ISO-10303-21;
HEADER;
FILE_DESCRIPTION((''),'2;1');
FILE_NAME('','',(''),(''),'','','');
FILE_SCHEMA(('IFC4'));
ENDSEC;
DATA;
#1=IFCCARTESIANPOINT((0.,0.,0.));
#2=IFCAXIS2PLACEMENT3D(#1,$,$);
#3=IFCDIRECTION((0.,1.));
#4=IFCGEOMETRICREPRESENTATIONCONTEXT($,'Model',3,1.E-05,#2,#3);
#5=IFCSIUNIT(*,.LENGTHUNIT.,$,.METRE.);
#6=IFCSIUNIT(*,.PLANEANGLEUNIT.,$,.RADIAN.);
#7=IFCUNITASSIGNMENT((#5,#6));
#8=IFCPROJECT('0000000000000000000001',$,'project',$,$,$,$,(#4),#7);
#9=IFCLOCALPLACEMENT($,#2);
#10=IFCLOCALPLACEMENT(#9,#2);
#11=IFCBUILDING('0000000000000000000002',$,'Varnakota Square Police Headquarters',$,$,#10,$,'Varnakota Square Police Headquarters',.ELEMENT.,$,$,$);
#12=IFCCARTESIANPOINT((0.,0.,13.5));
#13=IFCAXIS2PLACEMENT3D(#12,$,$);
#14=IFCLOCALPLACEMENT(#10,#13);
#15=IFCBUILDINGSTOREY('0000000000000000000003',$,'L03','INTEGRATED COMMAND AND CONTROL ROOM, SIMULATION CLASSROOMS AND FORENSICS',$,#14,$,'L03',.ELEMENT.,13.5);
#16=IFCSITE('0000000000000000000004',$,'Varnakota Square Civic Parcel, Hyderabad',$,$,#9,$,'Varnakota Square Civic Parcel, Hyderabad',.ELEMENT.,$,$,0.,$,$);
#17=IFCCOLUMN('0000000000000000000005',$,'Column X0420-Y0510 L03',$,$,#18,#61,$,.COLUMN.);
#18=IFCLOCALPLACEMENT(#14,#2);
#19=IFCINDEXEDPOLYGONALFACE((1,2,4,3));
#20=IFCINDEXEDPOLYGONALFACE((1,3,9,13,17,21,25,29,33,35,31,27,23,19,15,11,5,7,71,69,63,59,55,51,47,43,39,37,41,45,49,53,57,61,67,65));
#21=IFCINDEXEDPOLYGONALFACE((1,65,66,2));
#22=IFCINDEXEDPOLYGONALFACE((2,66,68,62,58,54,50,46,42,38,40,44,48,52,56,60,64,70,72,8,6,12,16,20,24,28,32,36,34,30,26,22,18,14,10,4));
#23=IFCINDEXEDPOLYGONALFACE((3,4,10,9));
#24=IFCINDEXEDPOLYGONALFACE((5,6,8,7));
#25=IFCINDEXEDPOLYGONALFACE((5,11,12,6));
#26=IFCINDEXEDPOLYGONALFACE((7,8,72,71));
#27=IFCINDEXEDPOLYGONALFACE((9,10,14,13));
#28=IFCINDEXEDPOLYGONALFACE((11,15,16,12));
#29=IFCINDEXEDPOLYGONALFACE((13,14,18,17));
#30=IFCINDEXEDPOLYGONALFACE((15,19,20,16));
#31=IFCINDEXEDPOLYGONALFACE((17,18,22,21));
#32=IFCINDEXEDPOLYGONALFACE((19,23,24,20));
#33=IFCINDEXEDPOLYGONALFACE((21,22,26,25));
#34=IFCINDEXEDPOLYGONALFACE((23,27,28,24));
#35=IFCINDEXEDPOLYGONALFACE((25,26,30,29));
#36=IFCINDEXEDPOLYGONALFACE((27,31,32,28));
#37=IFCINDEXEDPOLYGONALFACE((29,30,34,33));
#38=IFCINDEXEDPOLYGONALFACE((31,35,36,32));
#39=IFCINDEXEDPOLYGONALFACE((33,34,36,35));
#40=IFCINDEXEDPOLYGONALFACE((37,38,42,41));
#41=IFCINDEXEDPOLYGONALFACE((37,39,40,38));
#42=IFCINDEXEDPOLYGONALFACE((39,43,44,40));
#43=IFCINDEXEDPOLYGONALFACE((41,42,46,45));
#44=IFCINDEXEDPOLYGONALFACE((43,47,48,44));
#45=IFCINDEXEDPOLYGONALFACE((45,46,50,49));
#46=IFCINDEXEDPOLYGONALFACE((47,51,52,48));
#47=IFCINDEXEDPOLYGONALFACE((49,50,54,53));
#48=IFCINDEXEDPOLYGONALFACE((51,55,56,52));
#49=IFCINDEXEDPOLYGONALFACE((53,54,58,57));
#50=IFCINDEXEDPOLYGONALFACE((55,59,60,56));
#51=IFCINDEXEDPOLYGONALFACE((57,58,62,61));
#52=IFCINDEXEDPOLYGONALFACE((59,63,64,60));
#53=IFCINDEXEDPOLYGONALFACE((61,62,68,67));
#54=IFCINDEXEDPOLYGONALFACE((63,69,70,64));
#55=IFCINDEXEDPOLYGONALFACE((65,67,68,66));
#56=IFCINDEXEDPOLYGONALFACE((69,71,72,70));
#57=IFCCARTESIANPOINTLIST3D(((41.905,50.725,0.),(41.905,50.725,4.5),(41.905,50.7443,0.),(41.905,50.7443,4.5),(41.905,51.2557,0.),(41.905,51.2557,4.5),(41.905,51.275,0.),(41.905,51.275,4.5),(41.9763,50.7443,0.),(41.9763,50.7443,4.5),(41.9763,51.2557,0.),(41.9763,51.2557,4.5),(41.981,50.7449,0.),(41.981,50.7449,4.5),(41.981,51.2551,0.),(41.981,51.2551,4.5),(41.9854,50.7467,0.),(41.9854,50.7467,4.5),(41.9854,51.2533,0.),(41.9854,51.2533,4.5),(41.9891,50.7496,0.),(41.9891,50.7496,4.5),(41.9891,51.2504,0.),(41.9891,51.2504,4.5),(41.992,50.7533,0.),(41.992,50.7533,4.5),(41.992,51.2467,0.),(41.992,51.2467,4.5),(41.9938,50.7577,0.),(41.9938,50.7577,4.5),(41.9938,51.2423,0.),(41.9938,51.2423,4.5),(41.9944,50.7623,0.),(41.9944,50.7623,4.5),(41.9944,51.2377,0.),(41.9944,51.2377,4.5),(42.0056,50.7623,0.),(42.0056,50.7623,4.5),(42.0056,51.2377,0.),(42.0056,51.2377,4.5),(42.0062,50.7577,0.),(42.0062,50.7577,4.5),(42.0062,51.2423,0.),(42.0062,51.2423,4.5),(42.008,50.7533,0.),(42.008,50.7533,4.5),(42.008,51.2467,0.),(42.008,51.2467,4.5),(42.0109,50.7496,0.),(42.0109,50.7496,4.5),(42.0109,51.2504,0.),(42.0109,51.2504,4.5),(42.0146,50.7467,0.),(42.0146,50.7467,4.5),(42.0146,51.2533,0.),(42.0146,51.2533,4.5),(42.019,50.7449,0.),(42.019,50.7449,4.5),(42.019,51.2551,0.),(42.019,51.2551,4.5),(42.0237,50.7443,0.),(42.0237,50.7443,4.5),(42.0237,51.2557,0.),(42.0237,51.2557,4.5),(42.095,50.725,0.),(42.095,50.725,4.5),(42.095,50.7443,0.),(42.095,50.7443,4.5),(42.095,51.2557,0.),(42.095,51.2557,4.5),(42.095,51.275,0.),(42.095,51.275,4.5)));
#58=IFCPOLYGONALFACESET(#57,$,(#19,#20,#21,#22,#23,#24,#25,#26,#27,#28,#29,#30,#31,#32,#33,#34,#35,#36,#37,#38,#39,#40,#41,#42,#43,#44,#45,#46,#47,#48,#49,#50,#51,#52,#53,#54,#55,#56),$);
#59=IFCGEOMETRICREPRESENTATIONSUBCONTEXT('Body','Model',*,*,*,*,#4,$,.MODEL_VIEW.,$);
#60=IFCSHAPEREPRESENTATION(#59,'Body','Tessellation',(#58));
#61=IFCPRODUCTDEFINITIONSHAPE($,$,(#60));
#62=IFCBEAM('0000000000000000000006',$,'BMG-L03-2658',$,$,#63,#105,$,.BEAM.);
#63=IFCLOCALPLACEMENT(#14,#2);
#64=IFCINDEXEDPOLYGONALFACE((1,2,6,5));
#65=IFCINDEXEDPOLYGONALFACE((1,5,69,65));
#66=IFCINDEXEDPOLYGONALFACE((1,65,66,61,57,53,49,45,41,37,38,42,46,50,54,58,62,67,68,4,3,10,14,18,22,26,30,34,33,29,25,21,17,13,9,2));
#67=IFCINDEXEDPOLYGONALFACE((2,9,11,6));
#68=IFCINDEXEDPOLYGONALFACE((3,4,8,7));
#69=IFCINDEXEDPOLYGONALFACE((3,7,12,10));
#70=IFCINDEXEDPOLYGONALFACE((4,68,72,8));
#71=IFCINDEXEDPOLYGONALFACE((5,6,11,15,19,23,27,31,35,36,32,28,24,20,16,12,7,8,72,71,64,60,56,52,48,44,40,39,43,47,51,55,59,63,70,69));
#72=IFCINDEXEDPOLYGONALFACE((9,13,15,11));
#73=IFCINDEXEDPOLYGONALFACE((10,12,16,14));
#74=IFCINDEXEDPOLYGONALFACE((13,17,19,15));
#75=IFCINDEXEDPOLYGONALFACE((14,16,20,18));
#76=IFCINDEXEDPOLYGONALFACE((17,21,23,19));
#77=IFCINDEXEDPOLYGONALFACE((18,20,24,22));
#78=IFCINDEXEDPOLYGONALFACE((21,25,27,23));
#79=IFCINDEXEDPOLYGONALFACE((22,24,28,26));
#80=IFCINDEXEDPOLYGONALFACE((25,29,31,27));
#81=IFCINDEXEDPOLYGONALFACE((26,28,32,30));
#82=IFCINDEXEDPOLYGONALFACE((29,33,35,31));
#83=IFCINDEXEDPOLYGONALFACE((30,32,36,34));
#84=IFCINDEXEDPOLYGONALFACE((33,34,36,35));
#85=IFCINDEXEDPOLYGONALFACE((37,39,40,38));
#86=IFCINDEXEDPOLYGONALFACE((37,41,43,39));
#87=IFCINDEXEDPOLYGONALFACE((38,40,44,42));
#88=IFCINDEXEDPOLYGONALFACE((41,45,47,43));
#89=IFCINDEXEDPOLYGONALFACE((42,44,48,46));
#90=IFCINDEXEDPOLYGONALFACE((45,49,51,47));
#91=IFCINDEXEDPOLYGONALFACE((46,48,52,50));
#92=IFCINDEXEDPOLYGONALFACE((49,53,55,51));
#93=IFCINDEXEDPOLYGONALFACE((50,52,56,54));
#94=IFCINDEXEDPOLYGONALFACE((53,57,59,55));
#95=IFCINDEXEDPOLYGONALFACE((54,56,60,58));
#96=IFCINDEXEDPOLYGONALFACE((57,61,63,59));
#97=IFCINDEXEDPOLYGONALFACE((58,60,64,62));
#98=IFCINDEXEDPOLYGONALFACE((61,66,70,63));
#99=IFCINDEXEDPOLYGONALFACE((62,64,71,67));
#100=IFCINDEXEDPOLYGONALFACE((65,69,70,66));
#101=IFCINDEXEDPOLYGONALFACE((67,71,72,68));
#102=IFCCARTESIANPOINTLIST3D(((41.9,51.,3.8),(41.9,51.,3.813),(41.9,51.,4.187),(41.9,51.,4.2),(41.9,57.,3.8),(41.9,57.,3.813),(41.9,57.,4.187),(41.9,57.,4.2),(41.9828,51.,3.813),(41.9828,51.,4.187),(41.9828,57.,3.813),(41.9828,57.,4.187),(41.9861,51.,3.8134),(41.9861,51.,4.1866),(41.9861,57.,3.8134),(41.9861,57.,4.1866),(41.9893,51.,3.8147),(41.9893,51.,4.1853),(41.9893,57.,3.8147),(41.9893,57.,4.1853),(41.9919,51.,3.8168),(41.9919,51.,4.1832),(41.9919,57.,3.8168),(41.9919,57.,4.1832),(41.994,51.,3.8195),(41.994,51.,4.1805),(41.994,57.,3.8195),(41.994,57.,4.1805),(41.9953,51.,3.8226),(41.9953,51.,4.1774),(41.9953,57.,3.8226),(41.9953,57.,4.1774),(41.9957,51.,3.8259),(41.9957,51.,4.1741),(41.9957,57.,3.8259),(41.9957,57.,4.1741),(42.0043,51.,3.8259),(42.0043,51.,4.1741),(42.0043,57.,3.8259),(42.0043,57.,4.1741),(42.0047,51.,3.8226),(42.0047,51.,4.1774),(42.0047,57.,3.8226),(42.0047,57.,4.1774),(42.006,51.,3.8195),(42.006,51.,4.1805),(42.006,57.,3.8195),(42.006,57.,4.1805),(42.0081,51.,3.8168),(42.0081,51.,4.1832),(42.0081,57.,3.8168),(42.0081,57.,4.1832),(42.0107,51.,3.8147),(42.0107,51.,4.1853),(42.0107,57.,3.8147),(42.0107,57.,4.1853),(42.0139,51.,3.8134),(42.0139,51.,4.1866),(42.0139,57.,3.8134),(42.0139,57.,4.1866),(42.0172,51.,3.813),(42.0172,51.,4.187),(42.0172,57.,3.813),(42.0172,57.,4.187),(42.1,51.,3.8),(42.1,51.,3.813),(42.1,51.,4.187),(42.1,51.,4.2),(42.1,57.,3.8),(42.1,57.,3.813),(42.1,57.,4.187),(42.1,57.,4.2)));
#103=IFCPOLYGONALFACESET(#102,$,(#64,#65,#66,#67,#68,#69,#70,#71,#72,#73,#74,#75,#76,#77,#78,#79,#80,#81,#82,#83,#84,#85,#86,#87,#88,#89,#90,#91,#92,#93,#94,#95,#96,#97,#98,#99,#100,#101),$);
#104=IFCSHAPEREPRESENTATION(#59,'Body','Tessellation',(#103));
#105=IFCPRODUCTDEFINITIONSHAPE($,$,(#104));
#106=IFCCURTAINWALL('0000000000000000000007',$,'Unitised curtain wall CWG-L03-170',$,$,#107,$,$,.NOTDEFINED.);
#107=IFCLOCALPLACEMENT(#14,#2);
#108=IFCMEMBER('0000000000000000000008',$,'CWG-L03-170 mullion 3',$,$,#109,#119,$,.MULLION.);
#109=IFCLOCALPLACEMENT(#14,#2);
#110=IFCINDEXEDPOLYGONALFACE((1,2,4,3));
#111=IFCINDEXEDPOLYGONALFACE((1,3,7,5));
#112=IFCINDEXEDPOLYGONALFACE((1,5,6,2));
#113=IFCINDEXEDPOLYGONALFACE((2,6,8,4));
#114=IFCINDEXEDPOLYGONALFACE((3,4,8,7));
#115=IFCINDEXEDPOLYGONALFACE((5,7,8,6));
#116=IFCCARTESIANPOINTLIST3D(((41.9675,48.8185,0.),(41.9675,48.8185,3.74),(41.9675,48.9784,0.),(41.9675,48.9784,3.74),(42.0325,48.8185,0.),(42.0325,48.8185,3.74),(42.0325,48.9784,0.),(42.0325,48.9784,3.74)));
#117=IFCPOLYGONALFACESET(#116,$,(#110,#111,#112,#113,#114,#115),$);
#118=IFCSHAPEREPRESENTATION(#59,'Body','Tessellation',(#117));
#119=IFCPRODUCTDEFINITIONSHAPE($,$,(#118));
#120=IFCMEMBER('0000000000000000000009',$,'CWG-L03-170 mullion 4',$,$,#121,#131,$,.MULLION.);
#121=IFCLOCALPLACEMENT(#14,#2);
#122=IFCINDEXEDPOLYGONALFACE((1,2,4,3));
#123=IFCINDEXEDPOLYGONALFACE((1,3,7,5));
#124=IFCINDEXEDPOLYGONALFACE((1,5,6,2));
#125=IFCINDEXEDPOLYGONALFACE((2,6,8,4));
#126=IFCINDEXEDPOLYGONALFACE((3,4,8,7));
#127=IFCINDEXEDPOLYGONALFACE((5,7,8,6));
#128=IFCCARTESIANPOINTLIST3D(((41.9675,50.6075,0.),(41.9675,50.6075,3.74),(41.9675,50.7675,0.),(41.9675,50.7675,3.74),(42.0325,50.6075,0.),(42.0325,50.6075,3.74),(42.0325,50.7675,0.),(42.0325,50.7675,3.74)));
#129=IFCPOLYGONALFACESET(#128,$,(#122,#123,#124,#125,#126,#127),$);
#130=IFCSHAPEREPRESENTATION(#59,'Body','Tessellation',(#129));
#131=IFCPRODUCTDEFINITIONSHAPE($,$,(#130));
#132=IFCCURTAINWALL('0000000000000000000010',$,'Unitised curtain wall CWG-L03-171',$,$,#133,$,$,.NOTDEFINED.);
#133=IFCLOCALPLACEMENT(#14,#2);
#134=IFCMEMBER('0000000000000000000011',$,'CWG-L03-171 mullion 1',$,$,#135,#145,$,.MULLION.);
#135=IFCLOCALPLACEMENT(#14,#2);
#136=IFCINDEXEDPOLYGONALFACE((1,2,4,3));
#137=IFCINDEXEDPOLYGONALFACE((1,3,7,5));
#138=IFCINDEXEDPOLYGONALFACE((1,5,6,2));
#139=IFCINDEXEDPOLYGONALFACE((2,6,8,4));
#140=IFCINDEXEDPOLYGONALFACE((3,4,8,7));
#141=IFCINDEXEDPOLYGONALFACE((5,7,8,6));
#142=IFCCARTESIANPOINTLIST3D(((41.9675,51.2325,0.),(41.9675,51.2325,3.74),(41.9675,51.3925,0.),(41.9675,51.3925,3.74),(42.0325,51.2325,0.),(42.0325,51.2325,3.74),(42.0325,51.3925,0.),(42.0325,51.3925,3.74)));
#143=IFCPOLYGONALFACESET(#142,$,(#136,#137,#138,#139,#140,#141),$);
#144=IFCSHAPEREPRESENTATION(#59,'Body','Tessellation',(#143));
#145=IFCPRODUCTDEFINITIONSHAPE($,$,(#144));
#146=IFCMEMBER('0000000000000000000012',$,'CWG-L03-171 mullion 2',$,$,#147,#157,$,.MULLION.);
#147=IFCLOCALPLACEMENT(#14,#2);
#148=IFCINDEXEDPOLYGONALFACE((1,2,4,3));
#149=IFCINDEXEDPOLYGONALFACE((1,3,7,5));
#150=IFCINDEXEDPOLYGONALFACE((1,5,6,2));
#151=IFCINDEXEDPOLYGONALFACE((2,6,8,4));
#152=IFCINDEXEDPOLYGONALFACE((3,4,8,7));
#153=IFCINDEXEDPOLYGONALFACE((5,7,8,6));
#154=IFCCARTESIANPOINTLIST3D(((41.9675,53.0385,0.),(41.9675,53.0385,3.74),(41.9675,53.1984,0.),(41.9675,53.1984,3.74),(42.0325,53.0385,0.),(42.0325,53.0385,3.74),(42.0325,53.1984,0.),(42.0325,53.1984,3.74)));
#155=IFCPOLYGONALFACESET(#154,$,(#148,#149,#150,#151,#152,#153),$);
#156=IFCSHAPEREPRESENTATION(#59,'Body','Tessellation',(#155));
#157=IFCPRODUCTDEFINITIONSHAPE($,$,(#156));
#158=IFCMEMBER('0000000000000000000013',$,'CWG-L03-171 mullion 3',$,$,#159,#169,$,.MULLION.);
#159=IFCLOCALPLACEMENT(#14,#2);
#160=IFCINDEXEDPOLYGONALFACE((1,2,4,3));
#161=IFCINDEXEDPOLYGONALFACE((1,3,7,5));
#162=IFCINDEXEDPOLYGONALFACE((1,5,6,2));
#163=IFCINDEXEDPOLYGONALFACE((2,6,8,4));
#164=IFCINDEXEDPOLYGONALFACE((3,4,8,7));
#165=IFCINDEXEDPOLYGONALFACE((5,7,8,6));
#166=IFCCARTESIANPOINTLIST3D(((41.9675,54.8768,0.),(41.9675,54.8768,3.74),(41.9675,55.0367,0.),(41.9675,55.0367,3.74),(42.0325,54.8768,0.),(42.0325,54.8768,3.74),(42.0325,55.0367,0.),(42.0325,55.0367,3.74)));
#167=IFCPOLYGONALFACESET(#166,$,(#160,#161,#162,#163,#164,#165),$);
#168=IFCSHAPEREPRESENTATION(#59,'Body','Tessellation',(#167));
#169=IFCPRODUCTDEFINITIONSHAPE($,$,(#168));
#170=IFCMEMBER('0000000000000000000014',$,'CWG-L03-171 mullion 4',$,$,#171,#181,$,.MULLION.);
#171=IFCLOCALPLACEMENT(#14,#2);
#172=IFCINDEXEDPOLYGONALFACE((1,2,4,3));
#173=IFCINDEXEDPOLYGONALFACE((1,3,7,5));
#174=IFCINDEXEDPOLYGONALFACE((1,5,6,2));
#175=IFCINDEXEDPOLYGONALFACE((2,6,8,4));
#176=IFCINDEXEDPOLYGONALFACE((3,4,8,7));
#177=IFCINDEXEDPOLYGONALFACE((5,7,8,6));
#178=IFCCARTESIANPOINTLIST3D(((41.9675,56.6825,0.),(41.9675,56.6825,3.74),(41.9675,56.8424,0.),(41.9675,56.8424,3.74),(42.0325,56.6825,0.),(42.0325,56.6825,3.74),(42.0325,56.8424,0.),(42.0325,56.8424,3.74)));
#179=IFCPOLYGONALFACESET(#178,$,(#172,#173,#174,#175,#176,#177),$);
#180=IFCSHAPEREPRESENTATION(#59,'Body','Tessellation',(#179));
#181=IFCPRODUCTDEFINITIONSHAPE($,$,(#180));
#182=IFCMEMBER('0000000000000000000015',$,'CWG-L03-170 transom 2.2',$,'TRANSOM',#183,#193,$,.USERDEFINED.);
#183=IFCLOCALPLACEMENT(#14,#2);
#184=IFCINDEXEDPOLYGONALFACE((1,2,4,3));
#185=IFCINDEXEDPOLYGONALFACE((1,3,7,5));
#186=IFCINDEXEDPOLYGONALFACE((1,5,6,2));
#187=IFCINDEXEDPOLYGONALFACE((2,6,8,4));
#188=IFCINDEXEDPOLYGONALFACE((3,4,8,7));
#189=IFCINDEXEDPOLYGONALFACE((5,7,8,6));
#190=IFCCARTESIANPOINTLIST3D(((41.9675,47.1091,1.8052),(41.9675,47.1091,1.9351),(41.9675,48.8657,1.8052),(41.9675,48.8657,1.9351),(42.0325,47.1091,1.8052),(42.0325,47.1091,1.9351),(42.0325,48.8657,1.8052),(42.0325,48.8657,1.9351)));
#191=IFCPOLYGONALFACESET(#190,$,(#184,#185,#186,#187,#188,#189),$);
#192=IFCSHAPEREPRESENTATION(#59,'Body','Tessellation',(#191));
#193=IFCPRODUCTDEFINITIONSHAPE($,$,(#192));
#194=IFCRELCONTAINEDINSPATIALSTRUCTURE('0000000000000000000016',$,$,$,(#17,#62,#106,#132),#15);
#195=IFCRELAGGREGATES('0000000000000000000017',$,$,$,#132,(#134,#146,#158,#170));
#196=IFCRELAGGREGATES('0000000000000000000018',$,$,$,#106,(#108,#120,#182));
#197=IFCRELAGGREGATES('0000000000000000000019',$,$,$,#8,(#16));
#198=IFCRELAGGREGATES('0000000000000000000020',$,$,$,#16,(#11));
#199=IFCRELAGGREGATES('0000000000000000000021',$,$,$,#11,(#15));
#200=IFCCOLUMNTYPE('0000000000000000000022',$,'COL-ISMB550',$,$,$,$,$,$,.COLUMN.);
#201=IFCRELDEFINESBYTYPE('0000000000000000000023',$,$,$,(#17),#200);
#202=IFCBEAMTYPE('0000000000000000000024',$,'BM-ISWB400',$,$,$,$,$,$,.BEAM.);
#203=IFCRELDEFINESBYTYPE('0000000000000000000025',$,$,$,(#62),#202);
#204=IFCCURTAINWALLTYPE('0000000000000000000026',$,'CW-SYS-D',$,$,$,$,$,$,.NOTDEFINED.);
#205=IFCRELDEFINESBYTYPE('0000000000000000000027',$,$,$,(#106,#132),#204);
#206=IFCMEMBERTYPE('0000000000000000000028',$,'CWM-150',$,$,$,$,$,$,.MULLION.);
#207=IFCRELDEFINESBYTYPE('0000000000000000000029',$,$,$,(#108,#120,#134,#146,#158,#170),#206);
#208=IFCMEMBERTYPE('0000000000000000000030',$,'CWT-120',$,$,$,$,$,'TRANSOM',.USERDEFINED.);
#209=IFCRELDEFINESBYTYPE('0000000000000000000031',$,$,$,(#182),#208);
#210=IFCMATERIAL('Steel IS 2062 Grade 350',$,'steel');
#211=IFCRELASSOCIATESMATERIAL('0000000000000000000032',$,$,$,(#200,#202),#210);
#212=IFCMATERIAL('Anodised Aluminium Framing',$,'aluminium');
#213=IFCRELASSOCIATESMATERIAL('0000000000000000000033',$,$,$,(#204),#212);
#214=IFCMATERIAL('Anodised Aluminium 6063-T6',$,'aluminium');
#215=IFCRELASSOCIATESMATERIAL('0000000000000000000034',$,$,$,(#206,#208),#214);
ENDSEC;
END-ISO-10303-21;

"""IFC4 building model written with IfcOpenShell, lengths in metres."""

from ifc_helpers import new_model, si_unit, direction, frame, origin, origin_2d, place, context, subcontext, project, spatial, rectangle, i_section, extrude, material, material_profile, profile_set, type_object, element, aggregate, save


model = new_model("IFC4")

# Units and contexts
model_context = context("Model", 3, precision=1e-05, world=origin(), true_north=direction((0.0, 1.0)))
body_context = subcontext(model_context, "Body", "Model", "MODEL_VIEW")
ifc_project = project(units=[si_unit("LENGTHUNIT", "METRE"), si_unit("PLANEANGLEUNIT", "RADIAN")], contexts=[model_context])

# Site, building, storey
site_placement = place(None, origin())
site = spatial("IfcSite", under=ifc_project, at=site_placement, Name="Varnakota Square Civic Parcel, Hyderabad", LongName="Varnakota Square Civic Parcel, Hyderabad", CompositionType="ELEMENT", RefElevation=0.0)
building_placement = place(site_placement, origin())
building = spatial("IfcBuilding", under=site, at=building_placement, Name="Varnakota Square Police Headquarters", LongName="Varnakota Square Police Headquarters", CompositionType="ELEMENT")
storey_placement = place(building_placement, frame((0.0, 0.0, 13.5)))
storey = spatial("IfcBuildingStorey", under=building, at=storey_placement, Name="L03", Description="INTEGRATED COMMAND AND CONTROL ROOM, SIMULATION CLASSROOMS AND FORENSICS", LongName="L03", CompositionType="ELEMENT", Elevation=13.5)

# Column
ifc_material_1 = material(Name="Steel IS 2062 Grade 350", Category="steel")
ifc_material_profile_1 = material_profile(ifc_material_1, i_section(OverallWidth=0.1899, OverallDepth=0.55, WebThickness=0.0112, FlangeThickness=0.0193, FilletRadius=0.0181, at=origin_2d()), Name="ISMB 550")
ifc_profile_set_1 = profile_set([ifc_material_profile_1], Name="Steel IS 2062 Grade 350")
column_type = type_object("IfcColumnType", Name="COL-ISMB550", PredefinedType="COLUMN", material=ifc_profile_set_1)
column_placement = place(storey_placement, frame((42.0, 51.0, 0.0), z_axis=(0.0, 0.0, 1.0), x_axis=(1.0, 0.0, 0.0)))
element("IfcColumn", 1, at=column_placement, inside=storey, type_object=column_type, Name="Column X0420-Y0510 L03", PredefinedType="COLUMN", context=body_context, shape_type="SweptSolid", body=[
    extrude(i_section(OverallWidth=0.1899, OverallDepth=0.55, WebThickness=0.0112, FlangeThickness=0.0193, FilletRadius=0.0181, at=origin_2d()), origin(), (0.0, 0.0, 1.0), 4.5),
])

# Beam
ifc_material_profile_2 = material_profile(ifc_material_1, i_section(OverallWidth=0.2, OverallDepth=0.3999, WebThickness=0.0085, FlangeThickness=0.0129, FilletRadius=0.0129, at=origin_2d()), Name="ISWB 400")
ifc_profile_set_2 = profile_set([ifc_material_profile_2], Name="Steel IS 2062 Grade 350")
beam_type = type_object("IfcBeamType", Name="BM-ISWB400", PredefinedType="BEAM", material=ifc_profile_set_2)
beam_placement = place(storey_placement, frame((42.0, 51.0, 4.0), z_axis=(0.0, 1.0, 0.0), x_axis=(-1.0, 0.0, 0.0)))
element("IfcBeam", 2, at=beam_placement, inside=storey, type_object=beam_type, Name="BMG-L03-2658", PredefinedType="BEAM", context=body_context, shape_type="SweptSolid", body=[
    extrude(i_section(OverallWidth=0.2, OverallDepth=0.3999, WebThickness=0.0085, FlangeThickness=0.0129, FilletRadius=0.0129, at=origin_2d()), origin(), (0.0, 0.0, 1.0), 6.0),
])

# Curtain walls, members
ifc_material_2 = material(Name="Anodised Aluminium Framing", Category="aluminium")
curtain_wall_type = type_object("IfcCurtainWallType", Name="CW-SYS-D", PredefinedType="NOTDEFINED", material=ifc_material_2)
curtain_wall_1_placement = place(storey_placement, origin())
curtain_wall_1 = element("IfcCurtainWall", 3, at=curtain_wall_1_placement, inside=storey, type_object=curtain_wall_type, Name="Unitised curtain wall CWG-L03-170", PredefinedType="NOTDEFINED")
ifc_material_3 = material(Name="Anodised Aluminium 6063-T6", Category="aluminium")
ifc_material_profile_3 = material_profile(ifc_material_3, rectangle(XDim=0.0649, YDim=0.1599, at=origin_2d()), Name="ALU MULLION 65x160")
ifc_profile_set_3 = profile_set([ifc_material_profile_3], Name="Anodised Aluminium 6063-T6")
member_type_1 = type_object("IfcMemberType", Name="CWM-150", PredefinedType="MULLION", material=ifc_profile_set_3)
member_1_placement = place(storey_placement, frame((42.0, 48.8984, 0.0), z_axis=(0.0, 0.0, 1.0), x_axis=(-1.0, 0.0, 0.0)))
member_1 = element("IfcMember", 4, at=member_1_placement, type_object=member_type_1, Name="CWG-L03-170 mullion 3", PredefinedType="MULLION", context=body_context, shape_type="SweptSolid", body=[
    extrude(rectangle(XDim=0.0649, YDim=0.1599, at=origin_2d()), origin(), (0.0, 0.0, 1.0), 3.74),
])
member_2_placement = place(storey_placement, frame((42.0, 50.6875, 0.0), z_axis=(0.0, 0.0, 1.0), x_axis=(-1.0, 0.0, 0.0)))
member_2 = element("IfcMember", 5, at=member_2_placement, type_object=member_type_1, Name="CWG-L03-170 mullion 4", PredefinedType="MULLION", context=body_context, shape_type="SweptSolid", body=[
    extrude(rectangle(XDim=0.0649, YDim=0.1599, at=origin_2d()), origin(), (0.0, 0.0, 1.0), 3.74),
])
curtain_wall_2_placement = place(storey_placement, origin())
curtain_wall_2 = element("IfcCurtainWall", 6, at=curtain_wall_2_placement, inside=storey, type_object=curtain_wall_type, Name="Unitised curtain wall CWG-L03-171", PredefinedType="NOTDEFINED")
member_3_placement = place(storey_placement, frame((42.0, 51.3125, 0.0), z_axis=(0.0, 0.0, 1.0), x_axis=(-1.0, 0.0, 0.0)))
member_3 = element("IfcMember", 7, at=member_3_placement, type_object=member_type_1, Name="CWG-L03-171 mullion 1", PredefinedType="MULLION", context=body_context, shape_type="SweptSolid", body=[
    extrude(rectangle(XDim=0.0649, YDim=0.1599, at=origin_2d()), origin(), (0.0, 0.0, 1.0), 3.74),
])
member_4_placement = place(storey_placement, frame((42.0, 53.1184, 0.0), z_axis=(0.0, 0.0, 1.0), x_axis=(-1.0, 0.0, 0.0)))
member_4 = element("IfcMember", 8, at=member_4_placement, type_object=member_type_1, Name="CWG-L03-171 mullion 2", PredefinedType="MULLION", context=body_context, shape_type="SweptSolid", body=[
    extrude(rectangle(XDim=0.0649, YDim=0.1599, at=origin_2d()), origin(), (0.0, 0.0, 1.0), 3.74),
])
member_5_placement = place(storey_placement, frame((42.0, 54.9568, 0.0), z_axis=(0.0, 0.0, 1.0), x_axis=(-1.0, 0.0, 0.0)))
member_5 = element("IfcMember", 9, at=member_5_placement, type_object=member_type_1, Name="CWG-L03-171 mullion 3", PredefinedType="MULLION", context=body_context, shape_type="SweptSolid", body=[
    extrude(rectangle(XDim=0.0649, YDim=0.1599, at=origin_2d()), origin(), (0.0, 0.0, 1.0), 3.74),
])
member_6_placement = place(storey_placement, frame((42.0, 56.7625, 0.0), z_axis=(0.0, 0.0, 1.0), x_axis=(-1.0, 0.0, 0.0)))
member_6 = element("IfcMember", 10, at=member_6_placement, type_object=member_type_1, Name="CWG-L03-171 mullion 4", PredefinedType="MULLION", context=body_context, shape_type="SweptSolid", body=[
    extrude(rectangle(XDim=0.0649, YDim=0.1599, at=origin_2d()), origin(), (0.0, 0.0, 1.0), 3.74),
])

# Member
ifc_material_profile_4 = material_profile(ifc_material_3, rectangle(XDim=0.0649, YDim=0.1299, at=origin_2d()), Name="ALU TRANSOM 65x130")
ifc_profile_set_4 = profile_set([ifc_material_profile_4], Name="Anodised Aluminium 6063-T6")
member_type_2 = type_object("IfcMemberType", Name="CWT-120", ElementType="TRANSOM", PredefinedType="USERDEFINED", material=ifc_profile_set_4)
member_7_placement = place(storey_placement, frame((42.0, 47.1091, 1.8701), z_axis=(0.0, 1.0, 0.0), x_axis=(-1.0, 0.0, 0.0)))
member_7 = element("IfcMember", 11, at=member_7_placement, type_object=member_type_2, Name="CWG-L03-170 transom 2.2", ObjectType="TRANSOM", PredefinedType="USERDEFINED", context=body_context, shape_type="SweptSolid", body=[
    extrude(rectangle(XDim=0.0649, YDim=0.1299, at=origin_2d()), origin(), (0.0, 0.0, 1.0), 1.7566),
])

aggregate(curtain_wall_2, [member_3, member_4, member_5, member_6])
aggregate(curtain_wall_1, [member_1, member_2, member_7])

save(model, "model.ifc")
